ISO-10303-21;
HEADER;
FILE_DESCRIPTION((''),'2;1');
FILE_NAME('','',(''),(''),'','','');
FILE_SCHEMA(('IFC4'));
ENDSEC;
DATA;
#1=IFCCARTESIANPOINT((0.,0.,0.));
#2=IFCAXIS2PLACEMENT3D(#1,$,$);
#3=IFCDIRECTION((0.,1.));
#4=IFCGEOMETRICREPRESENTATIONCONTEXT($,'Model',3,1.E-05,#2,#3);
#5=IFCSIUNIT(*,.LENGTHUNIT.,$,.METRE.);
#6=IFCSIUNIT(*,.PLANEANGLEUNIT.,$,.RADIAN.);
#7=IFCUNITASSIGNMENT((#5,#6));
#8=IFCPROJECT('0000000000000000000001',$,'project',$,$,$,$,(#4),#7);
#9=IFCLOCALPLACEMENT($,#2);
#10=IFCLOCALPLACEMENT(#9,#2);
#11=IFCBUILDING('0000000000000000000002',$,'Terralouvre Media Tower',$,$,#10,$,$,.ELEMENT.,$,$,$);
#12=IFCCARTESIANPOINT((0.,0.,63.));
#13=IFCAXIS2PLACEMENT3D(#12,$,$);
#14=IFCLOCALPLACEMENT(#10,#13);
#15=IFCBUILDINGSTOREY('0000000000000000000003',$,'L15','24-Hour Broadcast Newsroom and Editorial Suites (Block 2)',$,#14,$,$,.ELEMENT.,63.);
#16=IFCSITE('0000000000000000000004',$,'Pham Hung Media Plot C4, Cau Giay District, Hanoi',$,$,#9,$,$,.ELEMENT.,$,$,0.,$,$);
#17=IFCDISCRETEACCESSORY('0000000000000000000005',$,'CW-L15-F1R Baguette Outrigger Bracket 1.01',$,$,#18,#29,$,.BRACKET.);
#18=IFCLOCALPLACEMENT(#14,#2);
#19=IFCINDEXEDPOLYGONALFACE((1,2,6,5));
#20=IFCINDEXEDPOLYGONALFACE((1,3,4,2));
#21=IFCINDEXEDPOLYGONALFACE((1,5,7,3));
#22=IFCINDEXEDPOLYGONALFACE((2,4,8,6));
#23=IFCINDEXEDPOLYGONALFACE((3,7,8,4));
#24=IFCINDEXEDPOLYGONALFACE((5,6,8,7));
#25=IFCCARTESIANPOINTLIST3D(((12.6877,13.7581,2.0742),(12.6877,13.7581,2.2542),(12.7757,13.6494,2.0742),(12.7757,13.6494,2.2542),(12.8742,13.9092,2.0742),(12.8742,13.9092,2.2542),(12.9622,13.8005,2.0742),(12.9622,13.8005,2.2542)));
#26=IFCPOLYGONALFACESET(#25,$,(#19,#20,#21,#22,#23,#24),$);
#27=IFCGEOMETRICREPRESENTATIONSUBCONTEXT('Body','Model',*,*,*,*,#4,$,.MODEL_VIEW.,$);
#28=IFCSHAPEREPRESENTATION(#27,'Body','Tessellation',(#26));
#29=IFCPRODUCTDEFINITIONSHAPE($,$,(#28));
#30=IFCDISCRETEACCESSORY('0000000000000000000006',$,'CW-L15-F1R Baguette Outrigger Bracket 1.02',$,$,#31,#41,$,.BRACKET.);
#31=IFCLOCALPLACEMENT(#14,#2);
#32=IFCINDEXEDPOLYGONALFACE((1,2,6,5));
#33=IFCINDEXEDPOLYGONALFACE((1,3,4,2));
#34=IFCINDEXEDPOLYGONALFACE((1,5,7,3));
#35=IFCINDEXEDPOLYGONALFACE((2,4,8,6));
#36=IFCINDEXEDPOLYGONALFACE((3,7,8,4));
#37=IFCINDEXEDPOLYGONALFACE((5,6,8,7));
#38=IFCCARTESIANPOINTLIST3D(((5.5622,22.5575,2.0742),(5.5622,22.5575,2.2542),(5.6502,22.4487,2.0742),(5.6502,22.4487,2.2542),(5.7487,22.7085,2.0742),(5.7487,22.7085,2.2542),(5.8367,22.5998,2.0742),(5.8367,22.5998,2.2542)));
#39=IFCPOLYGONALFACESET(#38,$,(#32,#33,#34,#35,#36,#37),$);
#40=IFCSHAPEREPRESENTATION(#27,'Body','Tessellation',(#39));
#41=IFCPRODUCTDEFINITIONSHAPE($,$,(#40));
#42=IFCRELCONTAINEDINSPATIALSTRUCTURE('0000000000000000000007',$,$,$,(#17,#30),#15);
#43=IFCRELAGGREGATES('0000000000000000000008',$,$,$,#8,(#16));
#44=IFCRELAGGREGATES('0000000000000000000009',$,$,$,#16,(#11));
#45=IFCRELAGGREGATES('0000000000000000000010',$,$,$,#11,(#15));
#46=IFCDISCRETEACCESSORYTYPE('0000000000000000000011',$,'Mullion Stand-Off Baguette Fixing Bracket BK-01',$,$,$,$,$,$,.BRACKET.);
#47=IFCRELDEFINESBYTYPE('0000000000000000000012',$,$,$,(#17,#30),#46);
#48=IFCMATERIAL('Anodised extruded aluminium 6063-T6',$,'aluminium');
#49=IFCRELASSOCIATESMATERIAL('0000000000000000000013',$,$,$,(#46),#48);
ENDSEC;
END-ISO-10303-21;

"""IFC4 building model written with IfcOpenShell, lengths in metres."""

from ifc_helpers import new_model, si_unit, direction, frame, origin, origin_2d, place, context, subcontext, project, spatial, rectangle, extrude, material, type_object, element, save


model = new_model("IFC4")

# Units and contexts
model_context = context("Model", 3, precision=1e-05, world=origin(), true_north=direction((0.0, 1.0)))
body_context = subcontext(model_context, "Body", "Model", "MODEL_VIEW")
ifc_project = project(units=[si_unit("LENGTHUNIT", "METRE"), si_unit("PLANEANGLEUNIT", "RADIAN")], contexts=[model_context])

# Site, building, storey
site_placement = place(None, origin())
site = spatial("IfcSite", under=ifc_project, at=site_placement, Name="Pham Hung Media Plot C4, Cau Giay District, Hanoi", CompositionType="ELEMENT", RefElevation=0.0)
building_placement = place(site_placement, origin())
building = spatial("IfcBuilding", under=site, at=building_placement, Name="Terralouvre Media Tower", CompositionType="ELEMENT")
storey_placement = place(building_placement, frame((0.0, 0.0, 63.0)))
storey = spatial("IfcBuildingStorey", under=building, at=storey_placement, Name="L15", Description="24-Hour Broadcast Newsroom and Editorial Suites (Block 2)", CompositionType="ELEMENT", Elevation=63.0)

# Discrete accessories
ifc_material_1 = material(Name="Anodised extruded aluminium 6063-T6", Category="aluminium")
discrete_accessory_type = type_object("IfcDiscreteAccessoryType", Name="Mullion Stand-Off Baguette Fixing Bracket BK-01", PredefinedType="BRACKET", material=ifc_material_1)
for number, where, z_axis, x_axis, name in (
    (1, (12.825, 13.7793, 2.0742), (0.0, 0.0, 1.0), (-0.629321, 0.777146, 0.0), "CW-L15-F1R Baguette Outrigger Bracket 1.01"),
    (2, (5.6995, 22.5786, 2.0742), (0.0, 0.0, 1.0), (-0.629321, 0.777146, 0.0), "CW-L15-F1R Baguette Outrigger Bracket 1.02"),
):
    element("IfcDiscreteAccessory", number, at=place(storey_placement, frame(where, z_axis=z_axis, x_axis=x_axis)), inside=storey, type_object=discrete_accessory_type, Name=name, PredefinedType="BRACKET", context=body_context, shape_type="SweptSolid", body=[
        extrude(rectangle(XDim=0.1399, YDim=0.24, at=origin_2d()), origin(), (0.0, 0.0, 1.0), 0.1799),
    ])

save(model, "model.ifc")
